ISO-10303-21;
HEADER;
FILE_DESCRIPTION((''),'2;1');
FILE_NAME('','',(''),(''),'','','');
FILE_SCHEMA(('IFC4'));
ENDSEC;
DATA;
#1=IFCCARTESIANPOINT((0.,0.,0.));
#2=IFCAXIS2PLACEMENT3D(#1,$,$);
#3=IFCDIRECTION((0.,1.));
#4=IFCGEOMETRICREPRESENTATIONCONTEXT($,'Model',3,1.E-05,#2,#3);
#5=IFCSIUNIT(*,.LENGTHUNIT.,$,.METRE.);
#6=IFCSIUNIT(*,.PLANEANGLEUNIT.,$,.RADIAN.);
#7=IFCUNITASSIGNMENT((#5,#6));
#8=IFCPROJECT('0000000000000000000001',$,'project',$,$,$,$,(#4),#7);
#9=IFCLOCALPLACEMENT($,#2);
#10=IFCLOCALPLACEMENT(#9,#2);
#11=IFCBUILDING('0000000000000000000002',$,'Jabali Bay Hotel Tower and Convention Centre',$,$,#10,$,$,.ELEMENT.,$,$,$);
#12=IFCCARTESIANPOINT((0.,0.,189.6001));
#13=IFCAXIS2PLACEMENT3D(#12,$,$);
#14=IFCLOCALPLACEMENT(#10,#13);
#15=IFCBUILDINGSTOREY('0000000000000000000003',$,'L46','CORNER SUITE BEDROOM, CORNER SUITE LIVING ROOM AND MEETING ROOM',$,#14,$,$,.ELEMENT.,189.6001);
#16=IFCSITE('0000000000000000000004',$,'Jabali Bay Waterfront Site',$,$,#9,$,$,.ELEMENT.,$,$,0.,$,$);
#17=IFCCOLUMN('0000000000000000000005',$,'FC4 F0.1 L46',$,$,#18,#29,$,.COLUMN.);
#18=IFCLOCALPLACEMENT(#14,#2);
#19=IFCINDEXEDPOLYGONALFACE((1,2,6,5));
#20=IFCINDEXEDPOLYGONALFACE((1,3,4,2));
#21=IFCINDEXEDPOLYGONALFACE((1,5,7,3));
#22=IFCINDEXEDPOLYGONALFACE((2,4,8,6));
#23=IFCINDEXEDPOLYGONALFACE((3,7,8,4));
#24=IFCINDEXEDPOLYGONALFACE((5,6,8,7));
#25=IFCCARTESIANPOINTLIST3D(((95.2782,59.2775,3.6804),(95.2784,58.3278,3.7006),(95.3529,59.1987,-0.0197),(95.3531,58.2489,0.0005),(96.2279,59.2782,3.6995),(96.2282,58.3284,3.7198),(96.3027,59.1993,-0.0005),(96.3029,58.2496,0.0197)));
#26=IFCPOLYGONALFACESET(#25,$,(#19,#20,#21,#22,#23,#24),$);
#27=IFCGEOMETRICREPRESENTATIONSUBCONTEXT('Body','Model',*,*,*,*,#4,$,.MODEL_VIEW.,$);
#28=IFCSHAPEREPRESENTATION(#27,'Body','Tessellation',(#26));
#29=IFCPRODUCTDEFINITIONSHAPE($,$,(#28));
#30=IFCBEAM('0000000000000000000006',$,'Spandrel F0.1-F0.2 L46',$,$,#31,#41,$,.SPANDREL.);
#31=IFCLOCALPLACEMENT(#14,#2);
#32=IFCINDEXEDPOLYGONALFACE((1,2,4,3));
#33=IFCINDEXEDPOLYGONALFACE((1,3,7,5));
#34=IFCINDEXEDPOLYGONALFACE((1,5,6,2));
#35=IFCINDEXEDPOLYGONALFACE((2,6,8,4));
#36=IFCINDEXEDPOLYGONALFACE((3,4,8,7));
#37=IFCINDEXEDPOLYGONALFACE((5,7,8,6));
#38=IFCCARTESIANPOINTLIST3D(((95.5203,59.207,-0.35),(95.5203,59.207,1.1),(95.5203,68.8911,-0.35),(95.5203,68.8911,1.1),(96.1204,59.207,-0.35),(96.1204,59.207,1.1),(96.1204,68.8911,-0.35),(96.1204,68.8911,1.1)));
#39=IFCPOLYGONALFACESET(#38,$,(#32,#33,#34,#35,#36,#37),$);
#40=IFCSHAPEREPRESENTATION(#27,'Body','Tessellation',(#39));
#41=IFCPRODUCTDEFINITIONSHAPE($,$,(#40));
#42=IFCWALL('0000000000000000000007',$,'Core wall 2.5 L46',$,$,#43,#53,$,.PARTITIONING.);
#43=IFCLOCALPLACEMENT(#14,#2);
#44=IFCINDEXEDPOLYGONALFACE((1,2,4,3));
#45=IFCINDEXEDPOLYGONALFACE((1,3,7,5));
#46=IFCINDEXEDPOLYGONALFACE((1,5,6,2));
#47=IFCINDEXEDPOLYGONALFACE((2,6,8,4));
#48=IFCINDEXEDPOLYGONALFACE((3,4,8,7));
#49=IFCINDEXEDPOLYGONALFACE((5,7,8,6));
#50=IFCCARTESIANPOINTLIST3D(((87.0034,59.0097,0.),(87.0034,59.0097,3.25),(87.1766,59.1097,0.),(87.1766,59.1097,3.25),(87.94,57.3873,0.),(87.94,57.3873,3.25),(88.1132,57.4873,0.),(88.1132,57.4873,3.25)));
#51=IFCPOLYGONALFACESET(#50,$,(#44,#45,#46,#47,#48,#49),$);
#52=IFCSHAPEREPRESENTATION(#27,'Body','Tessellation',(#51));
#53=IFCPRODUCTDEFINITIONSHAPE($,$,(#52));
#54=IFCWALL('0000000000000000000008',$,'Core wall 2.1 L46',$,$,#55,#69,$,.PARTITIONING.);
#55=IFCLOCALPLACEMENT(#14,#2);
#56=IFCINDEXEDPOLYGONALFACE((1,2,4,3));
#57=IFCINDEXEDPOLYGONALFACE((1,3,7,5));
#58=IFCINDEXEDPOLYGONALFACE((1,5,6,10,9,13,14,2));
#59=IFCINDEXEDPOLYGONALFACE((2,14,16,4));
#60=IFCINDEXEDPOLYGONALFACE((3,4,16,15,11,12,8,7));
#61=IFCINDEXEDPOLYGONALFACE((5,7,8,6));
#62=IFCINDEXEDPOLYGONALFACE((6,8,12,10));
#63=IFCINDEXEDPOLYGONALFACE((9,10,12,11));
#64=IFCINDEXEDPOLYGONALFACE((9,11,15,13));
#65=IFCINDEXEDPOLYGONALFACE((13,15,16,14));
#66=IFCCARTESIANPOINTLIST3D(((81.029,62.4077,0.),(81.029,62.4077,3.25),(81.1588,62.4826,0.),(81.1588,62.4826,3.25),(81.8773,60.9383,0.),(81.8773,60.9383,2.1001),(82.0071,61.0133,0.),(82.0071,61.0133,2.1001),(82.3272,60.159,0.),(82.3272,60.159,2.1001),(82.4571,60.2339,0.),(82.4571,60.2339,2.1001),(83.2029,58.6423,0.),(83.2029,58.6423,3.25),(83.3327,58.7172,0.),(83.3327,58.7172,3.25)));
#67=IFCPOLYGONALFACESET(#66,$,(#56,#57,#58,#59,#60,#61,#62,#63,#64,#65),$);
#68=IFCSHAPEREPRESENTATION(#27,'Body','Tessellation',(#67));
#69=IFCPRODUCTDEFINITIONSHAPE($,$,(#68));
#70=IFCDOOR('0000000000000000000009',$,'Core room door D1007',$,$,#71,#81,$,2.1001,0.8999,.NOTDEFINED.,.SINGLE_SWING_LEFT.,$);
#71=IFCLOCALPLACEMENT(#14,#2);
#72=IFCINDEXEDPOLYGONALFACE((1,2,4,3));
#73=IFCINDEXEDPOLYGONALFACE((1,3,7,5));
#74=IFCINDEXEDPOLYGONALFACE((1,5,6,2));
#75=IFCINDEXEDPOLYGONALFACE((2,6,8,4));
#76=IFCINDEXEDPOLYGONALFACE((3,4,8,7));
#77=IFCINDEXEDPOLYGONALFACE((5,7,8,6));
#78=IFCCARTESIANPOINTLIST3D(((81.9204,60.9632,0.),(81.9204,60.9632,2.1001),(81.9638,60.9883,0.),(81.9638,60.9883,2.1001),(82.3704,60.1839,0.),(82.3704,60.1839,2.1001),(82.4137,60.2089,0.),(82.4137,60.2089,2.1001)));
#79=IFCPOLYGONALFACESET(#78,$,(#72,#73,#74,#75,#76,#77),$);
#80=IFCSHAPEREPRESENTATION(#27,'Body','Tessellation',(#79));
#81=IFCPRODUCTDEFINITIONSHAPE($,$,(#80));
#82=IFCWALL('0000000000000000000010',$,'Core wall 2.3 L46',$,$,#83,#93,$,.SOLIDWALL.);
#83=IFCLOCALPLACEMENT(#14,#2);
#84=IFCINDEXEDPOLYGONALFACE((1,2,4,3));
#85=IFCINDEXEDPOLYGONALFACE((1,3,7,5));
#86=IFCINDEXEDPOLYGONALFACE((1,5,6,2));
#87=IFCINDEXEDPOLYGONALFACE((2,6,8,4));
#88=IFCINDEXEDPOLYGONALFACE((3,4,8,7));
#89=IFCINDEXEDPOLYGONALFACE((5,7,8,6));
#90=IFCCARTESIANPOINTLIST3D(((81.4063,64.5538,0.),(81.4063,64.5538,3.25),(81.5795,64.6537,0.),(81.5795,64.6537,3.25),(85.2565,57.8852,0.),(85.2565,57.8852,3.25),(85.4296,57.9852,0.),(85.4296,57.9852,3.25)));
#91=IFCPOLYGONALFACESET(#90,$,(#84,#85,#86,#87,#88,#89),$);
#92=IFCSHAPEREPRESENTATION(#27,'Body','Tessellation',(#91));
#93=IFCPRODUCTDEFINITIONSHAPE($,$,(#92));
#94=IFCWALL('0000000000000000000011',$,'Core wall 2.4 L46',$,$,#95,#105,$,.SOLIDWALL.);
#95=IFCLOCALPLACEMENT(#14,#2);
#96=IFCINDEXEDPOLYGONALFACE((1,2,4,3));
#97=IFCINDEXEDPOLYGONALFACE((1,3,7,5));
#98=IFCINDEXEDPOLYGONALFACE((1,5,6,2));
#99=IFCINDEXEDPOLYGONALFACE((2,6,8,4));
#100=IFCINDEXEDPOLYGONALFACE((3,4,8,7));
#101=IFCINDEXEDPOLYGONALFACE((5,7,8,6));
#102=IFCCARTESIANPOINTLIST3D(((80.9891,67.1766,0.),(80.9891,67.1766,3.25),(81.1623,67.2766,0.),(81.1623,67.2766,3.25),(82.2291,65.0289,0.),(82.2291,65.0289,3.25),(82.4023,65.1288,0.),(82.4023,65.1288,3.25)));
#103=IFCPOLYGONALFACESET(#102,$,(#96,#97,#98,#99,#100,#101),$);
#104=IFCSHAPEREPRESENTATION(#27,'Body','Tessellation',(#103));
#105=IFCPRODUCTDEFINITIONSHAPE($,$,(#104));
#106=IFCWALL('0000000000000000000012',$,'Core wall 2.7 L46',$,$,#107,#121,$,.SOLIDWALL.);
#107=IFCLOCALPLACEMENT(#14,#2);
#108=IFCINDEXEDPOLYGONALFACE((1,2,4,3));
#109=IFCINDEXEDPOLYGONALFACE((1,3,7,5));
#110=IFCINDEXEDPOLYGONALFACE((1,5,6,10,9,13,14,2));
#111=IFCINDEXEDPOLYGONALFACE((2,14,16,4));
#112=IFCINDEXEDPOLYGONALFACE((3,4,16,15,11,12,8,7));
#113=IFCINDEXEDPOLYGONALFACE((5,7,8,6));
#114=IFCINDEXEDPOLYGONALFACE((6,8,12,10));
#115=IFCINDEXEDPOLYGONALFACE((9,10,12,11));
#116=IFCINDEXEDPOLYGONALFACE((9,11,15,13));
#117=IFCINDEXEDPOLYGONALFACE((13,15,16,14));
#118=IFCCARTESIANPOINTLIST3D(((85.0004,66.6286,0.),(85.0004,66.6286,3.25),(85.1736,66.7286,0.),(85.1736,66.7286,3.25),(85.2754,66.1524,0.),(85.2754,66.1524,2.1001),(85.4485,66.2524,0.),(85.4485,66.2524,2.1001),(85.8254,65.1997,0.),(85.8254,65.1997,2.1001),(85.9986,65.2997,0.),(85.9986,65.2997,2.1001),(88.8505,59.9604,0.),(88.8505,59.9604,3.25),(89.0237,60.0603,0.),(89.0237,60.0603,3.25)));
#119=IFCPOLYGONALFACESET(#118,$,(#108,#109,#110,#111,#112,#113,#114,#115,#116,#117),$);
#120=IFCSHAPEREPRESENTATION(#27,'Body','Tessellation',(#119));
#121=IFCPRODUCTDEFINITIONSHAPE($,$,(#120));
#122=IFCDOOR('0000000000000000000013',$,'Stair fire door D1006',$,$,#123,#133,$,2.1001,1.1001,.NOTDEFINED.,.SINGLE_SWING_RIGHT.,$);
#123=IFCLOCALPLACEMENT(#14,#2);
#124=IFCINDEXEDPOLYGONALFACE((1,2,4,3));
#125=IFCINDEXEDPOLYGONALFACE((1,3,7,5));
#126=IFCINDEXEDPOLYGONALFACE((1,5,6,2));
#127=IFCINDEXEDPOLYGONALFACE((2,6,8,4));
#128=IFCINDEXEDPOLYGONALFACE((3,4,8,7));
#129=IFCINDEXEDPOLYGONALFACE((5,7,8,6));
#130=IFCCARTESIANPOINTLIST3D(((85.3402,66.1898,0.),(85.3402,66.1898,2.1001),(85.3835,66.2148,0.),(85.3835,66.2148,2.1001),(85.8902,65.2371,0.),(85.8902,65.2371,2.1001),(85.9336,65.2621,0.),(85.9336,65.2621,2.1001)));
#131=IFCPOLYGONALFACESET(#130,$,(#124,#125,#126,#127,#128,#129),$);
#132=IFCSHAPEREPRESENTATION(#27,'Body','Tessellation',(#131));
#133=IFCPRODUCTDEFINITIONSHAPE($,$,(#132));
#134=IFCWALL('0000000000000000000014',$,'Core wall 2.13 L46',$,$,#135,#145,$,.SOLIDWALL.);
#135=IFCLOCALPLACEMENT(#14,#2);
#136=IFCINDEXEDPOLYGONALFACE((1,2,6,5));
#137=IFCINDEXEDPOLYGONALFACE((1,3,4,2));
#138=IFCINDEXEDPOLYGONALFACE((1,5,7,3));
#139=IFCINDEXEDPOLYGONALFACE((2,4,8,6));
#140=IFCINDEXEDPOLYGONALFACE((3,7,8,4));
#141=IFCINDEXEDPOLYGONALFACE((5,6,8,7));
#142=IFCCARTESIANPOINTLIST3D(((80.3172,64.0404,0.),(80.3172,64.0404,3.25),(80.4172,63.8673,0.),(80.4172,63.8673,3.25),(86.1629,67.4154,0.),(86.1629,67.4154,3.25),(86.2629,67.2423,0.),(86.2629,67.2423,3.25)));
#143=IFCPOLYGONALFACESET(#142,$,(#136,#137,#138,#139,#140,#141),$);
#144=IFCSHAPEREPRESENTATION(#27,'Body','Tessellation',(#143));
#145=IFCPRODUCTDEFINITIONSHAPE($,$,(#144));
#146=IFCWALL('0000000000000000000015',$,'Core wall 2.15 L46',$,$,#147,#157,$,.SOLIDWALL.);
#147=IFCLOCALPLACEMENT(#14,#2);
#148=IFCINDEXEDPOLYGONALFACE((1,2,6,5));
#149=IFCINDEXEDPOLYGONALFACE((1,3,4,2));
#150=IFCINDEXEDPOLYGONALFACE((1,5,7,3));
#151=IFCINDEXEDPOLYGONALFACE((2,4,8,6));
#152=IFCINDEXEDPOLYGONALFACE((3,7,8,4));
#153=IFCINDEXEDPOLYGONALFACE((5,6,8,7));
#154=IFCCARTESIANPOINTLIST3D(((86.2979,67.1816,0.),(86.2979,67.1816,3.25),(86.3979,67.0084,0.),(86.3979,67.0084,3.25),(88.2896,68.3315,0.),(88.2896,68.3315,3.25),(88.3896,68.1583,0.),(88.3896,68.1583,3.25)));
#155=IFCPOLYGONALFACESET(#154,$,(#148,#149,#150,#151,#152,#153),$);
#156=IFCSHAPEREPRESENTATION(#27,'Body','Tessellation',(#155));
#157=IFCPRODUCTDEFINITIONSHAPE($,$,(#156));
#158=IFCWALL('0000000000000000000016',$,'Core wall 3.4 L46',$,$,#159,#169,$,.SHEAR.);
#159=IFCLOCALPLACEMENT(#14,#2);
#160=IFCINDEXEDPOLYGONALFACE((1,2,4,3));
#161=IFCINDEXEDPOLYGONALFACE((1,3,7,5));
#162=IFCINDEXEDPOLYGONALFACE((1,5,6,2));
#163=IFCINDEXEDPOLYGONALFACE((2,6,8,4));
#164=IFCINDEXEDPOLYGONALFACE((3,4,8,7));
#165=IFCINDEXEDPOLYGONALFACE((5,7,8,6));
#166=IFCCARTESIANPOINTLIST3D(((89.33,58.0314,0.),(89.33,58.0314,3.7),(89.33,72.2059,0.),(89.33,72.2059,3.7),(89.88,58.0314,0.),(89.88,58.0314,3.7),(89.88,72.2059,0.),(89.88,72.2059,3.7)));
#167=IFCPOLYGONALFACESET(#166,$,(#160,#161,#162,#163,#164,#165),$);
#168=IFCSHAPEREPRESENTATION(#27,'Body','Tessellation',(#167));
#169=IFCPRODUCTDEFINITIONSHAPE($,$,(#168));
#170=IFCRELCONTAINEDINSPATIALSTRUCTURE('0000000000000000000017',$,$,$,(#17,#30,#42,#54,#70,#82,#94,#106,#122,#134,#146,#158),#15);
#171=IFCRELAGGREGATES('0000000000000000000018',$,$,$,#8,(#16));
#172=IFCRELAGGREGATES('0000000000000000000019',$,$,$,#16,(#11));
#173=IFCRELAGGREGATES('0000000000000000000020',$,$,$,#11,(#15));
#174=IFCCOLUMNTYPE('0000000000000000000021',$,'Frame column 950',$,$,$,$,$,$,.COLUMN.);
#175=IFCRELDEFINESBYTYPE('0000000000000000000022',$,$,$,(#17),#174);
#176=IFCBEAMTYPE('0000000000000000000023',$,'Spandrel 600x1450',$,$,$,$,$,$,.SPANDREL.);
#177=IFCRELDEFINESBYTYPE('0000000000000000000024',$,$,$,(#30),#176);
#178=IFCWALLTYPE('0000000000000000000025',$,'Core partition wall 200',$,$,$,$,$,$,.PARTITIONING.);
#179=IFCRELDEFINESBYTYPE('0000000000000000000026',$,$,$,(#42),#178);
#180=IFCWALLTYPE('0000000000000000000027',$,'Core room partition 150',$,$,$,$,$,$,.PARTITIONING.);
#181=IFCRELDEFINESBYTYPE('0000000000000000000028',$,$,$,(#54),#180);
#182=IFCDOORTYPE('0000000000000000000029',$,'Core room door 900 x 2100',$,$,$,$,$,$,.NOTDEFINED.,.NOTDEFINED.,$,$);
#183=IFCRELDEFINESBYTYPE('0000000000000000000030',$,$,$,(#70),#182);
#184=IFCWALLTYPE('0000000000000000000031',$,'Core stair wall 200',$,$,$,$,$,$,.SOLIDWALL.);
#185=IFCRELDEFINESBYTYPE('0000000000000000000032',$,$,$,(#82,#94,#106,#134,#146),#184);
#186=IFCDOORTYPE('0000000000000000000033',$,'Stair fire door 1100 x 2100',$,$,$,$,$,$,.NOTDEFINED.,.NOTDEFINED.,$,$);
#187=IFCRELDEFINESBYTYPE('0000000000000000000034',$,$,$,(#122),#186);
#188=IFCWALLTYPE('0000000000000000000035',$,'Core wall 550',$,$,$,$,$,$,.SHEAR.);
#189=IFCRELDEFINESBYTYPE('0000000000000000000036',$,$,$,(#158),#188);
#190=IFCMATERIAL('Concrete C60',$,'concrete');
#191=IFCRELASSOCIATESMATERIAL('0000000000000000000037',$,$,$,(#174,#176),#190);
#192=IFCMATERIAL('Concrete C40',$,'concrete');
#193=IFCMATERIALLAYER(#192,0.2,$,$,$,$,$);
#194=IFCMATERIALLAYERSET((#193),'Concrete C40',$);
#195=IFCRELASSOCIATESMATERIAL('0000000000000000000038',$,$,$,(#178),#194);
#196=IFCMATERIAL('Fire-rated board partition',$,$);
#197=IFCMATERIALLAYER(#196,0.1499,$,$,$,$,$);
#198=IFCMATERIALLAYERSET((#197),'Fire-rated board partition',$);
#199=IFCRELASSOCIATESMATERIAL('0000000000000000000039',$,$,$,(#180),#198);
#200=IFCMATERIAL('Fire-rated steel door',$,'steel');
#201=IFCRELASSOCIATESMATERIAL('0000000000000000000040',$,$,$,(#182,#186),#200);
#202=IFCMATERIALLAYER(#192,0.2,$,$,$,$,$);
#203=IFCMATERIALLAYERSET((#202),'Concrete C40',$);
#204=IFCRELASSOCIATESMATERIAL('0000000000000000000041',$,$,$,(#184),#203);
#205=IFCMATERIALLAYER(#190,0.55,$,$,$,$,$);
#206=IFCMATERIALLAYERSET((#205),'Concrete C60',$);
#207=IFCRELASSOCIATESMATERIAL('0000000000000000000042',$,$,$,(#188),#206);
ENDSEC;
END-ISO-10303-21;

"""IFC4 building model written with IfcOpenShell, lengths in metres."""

from ifc_helpers import new_model, si_unit, direction, frame, frame_2d, origin, origin_2d, place, context, subcontext, project, spatial, rectangle, extrude, material, layer, layer_set, material_profile, profile_set, type_object, element, fill, save


model = new_model("IFC4")

# Units and contexts
model_context = context("Model", 3, precision=1e-05, world=origin(), true_north=direction((0.0, 1.0)))
body_context = subcontext(model_context, "Body", "Model", "MODEL_VIEW")
ifc_project = project(units=[si_unit("LENGTHUNIT", "METRE"), si_unit("PLANEANGLEUNIT", "RADIAN")], contexts=[model_context])

# Site, building, storey
site_placement = place(None, origin())
site = spatial("IfcSite", under=ifc_project, at=site_placement, Name="Jabali Bay Waterfront Site", CompositionType="ELEMENT", RefElevation=0.0)
building_placement = place(site_placement, origin())
building = spatial("IfcBuilding", under=site, at=building_placement, Name="Jabali Bay Hotel Tower and Convention Centre", CompositionType="ELEMENT")
storey_placement = place(building_placement, frame((0.0, 0.0, 189.6001)))
storey = spatial("IfcBuildingStorey", under=building, at=storey_placement, Name="L46", Description="CORNER SUITE BEDROOM, CORNER SUITE LIVING ROOM AND MEETING ROOM", CompositionType="ELEMENT", Elevation=189.6001)

# Column
ifc_material_1 = material(Name="Concrete C60", Category="concrete")
ifc_material_profile_1 = material_profile(ifc_material_1, rectangle(XDim=0.95, YDim=0.95, at=origin_2d()), Name="Frame column 950")
ifc_profile_set_1 = profile_set([ifc_material_profile_1], Name="Concrete C60")
column_type = type_object("IfcColumnType", Name="Frame column 950", PredefinedType="COLUMN", material=ifc_profile_set_1)
column_placement = place(storey_placement, frame((95.8279, 58.7241, 0.0), z_axis=(-0.020183, 0.021304, 0.999569), x_axis=(0.000222, -0.999773, 0.021313)))
element("IfcColumn", 1, at=column_placement, inside=storey, type_object=column_type, Name="FC4 F0.1 L46", PredefinedType="COLUMN", context=body_context, shape_type="SweptSolid", body=[
    extrude(rectangle(XDim=0.95, YDim=0.95, at=origin_2d()), origin(), (0.0, 0.0, 1.0), 3.7017),
])

# Beam
ifc_material_profile_2 = material_profile(ifc_material_1, rectangle(XDim=0.6001, YDim=1.45, at=origin_2d()), Name="Spandrel 600x1450")
ifc_profile_set_2 = profile_set([ifc_material_profile_2], Name="Concrete C60")
beam_type = type_object("IfcBeamType", Name="Spandrel 600x1450", PredefinedType="SPANDREL", material=ifc_profile_set_2)
beam_placement = place(storey_placement, frame((95.8203, 59.207, 0.375), z_axis=(0.0, 1.0, 0.0), x_axis=(-1.0, 0.0, 0.0)))
element("IfcBeam", 2, at=beam_placement, inside=storey, type_object=beam_type, Name="Spandrel F0.1-F0.2 L46", PredefinedType="SPANDREL", context=body_context, shape_type="SweptSolid", body=[
    extrude(rectangle(XDim=0.6001, YDim=1.45, at=origin_2d()), origin(), (0.0, 0.0, 1.0), 9.6841),
])

# Wall
ifc_material_2 = material(Name="Concrete C40", Category="concrete")
ifc_layer_1 = layer(ifc_material_2, 0.2)
ifc_layer_set_1 = layer_set([ifc_layer_1], Name="Concrete C40")
wall_type_1 = type_object("IfcWallType", Name="Core partition wall 200", PredefinedType="PARTITIONING", material=ifc_layer_set_1)
wall_1_placement = place(storey_placement, frame((87.0901, 59.0596, 0.0), z_axis=(0.0, 0.0, 1.0), x_axis=(0.499952, -0.866053, 0.0)))
element("IfcWall", 3, at=wall_1_placement, inside=storey, type_object=wall_type_1, Name="Core wall 2.5 L46", PredefinedType="PARTITIONING", context=body_context, shape_type="SweptSolid", body=[
    extrude(rectangle(XDim=1.8733, YDim=0.2, at=frame_2d((0.9365, 0.0))), origin(), (0.0, 0.0, 1.0), 3.25),
])

# Wall, opening, door
ifc_material_3 = material(Name="Fire-rated board partition")
ifc_layer_2 = layer(ifc_material_3, 0.1499)
ifc_layer_set_2 = layer_set([ifc_layer_2], Name="Fire-rated board partition")
wall_type_2 = type_object("IfcWallType", Name="Core room partition 150", PredefinedType="PARTITIONING", material=ifc_layer_set_2)
wall_2_placement = place(storey_placement, frame((81.094, 62.4451, 0.0), z_axis=(0.0, 0.0, 1.0), x_axis=(0.49998, -0.866037, 0.0)))
wall_2 = element("IfcWall", 4, at=wall_2_placement, inside=storey, type_object=wall_type_2, Name="Core wall 2.1 L46", PredefinedType="PARTITIONING", context=body_context, shape_type="SweptSolid", body=[
    extrude(rectangle(XDim=4.3479, YDim=0.1499, at=frame_2d((2.1738, 0.0))), origin(), (0.0, 0.0, 1.0), 3.25),
])
opening_1_placement = place(wall_2_placement, frame((1.6965, 0.0, 0.0)))
opening_1 = element("IfcOpeningElement", 5, at=opening_1_placement, cuts=wall_2, PredefinedType="OPENING", context=body_context, shape_type="SweptSolid", body=[
    extrude(rectangle(XDim=0.8999, YDim=2.1001, at=frame_2d((0.45, 1.05))), frame((0.0, 0.0854, 0.0), z_axis=(0.0, -1.0, 0.0), x_axis=(1.0, 0.0, 0.0)), (0.0, 0.0, 1.0), 0.1709),
])
ifc_material_4 = material(Name="Fire-rated steel door", Category="steel")
door_type_1 = type_object("IfcDoorType", Name="Core room door 900 x 2100", OperationType="NOTDEFINED", PredefinedType="NOTDEFINED", material=ifc_material_4)
door_1_placement = place(opening_1_placement, origin())
door_1 = element("IfcDoor", 6, at=door_1_placement, inside=storey, type_object=door_type_1, Name="Core room door D1007", OperationType="SINGLE_SWING_LEFT", OverallHeight=2.1001, OverallWidth=0.8999, PredefinedType="NOTDEFINED", context=body_context, shape_type="SweptSolid", body=[
    extrude(rectangle(XDim=0.8999, YDim=2.1001, at=frame_2d((0.45, 1.05))), frame((0.0, 0.0249, 0.0), z_axis=(0.0, -1.0, 0.0), x_axis=(1.0, 0.0, 0.0)), (0.0, 0.0, 1.0), 0.05),
])
fill(opening_1, door_1)

# Walls
ifc_layer_3 = layer(ifc_material_2, 0.2)
ifc_layer_set_3 = layer_set([ifc_layer_3], Name="Concrete C40")
wall_type_3 = type_object("IfcWallType", Name="Core stair wall 200", PredefinedType="SOLIDWALL", material=ifc_layer_set_3)
wall_3_placement = place(storey_placement, frame((81.4929, 64.6038, 0.0), z_axis=(0.0, 0.0, 1.0), x_axis=(0.500006, -0.866022, 0.0)))
element("IfcWall", 7, at=wall_3_placement, inside=storey, type_object=wall_type_3, Name="Core wall 2.3 L46", PredefinedType="SOLIDWALL", context=body_context, shape_type="SweptSolid", body=[
    extrude(rectangle(XDim=7.7002, YDim=0.2, at=frame_2d((3.8501, 0.0))), origin(), (0.0, 0.0, 1.0), 3.25),
])
wall_4_placement = place(storey_placement, frame((81.0757, 67.2266, 0.0), z_axis=(0.0, 0.0, 1.0), x_axis=(0.500004, -0.866023, 0.0)))
element("IfcWall", 8, at=wall_4_placement, inside=storey, type_object=wall_type_3, Name="Core wall 2.4 L46", PredefinedType="SOLIDWALL", context=body_context, shape_type="SweptSolid", body=[
    extrude(rectangle(XDim=2.48, YDim=0.2, at=frame_2d((1.24, 0.0))), origin(), (0.0, 0.0, 1.0), 3.25),
])

# Wall, opening, door
wall_5_placement = place(storey_placement, frame((85.0869, 66.6787, 0.0), z_axis=(0.0, 0.0, 1.0), x_axis=(0.50002, -0.866014, 0.0)))
wall_5 = element("IfcWall", 9, at=wall_5_placement, inside=storey, type_object=wall_type_3, Name="Core wall 2.7 L46", PredefinedType="SOLIDWALL", context=body_context, shape_type="SweptSolid", body=[
    extrude(rectangle(XDim=7.7, YDim=0.2, at=frame_2d((3.8501, 0.0))), origin(), (0.0, 0.0, 1.0), 3.25),
])
opening_2_placement = place(wall_5_placement, frame((0.55, 0.0, 0.0)))
opening_2 = element("IfcOpeningElement", 10, at=opening_2_placement, cuts=wall_5, PredefinedType="OPENING", context=body_context, shape_type="SweptSolid", body=[
    extrude(rectangle(XDim=1.1001, YDim=2.1001, at=frame_2d((0.55, 1.05))), frame((0.0, 0.1104, 0.0), z_axis=(0.0, -1.0, 0.0), x_axis=(1.0, 0.0, 0.0)), (0.0, 0.0, 1.0), 0.2209),
])
door_type_2 = type_object("IfcDoorType", Name="Stair fire door 1100 x 2100", OperationType="NOTDEFINED", PredefinedType="NOTDEFINED", material=ifc_material_4)
door_2_placement = place(opening_2_placement, origin())
door_2 = element("IfcDoor", 11, at=door_2_placement, inside=storey, type_object=door_type_2, Name="Stair fire door D1006", OperationType="SINGLE_SWING_RIGHT", OverallHeight=2.1001, OverallWidth=1.1001, PredefinedType="NOTDEFINED", context=body_context, shape_type="SweptSolid", body=[
    extrude(rectangle(XDim=1.1001, YDim=2.1001, at=frame_2d((0.55, 1.05))), frame((0.0, 0.0249, 0.0), z_axis=(0.0, -1.0, 0.0), x_axis=(1.0, 0.0, 0.0)), (0.0, 0.0, 1.0), 0.05),
])
fill(opening_2, door_2)

# Walls
wall_6_placement = place(storey_placement, frame((80.3672, 63.9539, 0.0), z_axis=(0.0, 0.0, 1.0), x_axis=(0.866027, 0.499998, 0.0)))
element("IfcWall", 12, at=wall_6_placement, inside=storey, type_object=wall_type_3, Name="Core wall 2.13 L46", PredefinedType="SOLIDWALL", context=body_context, shape_type="SweptSolid", body=[
    extrude(rectangle(XDim=6.75, YDim=0.2, at=frame_2d((3.375, 0.0))), origin(), (0.0, 0.0, 1.0), 3.25),
])
wall_7_placement = place(storey_placement, frame((86.3479, 67.095, 0.0), z_axis=(0.0, 0.0, 1.0), x_axis=(0.866026, 0.499998, 0.0)))
element("IfcWall", 13, at=wall_7_placement, inside=storey, type_object=wall_type_3, Name="Core wall 2.15 L46", PredefinedType="SOLIDWALL", context=body_context, shape_type="SweptSolid", body=[
    extrude(rectangle(XDim=2.2998, YDim=0.2, at=frame_2d((1.1499, 0.0))), origin(), (0.0, 0.0, 1.0), 3.25),
])
ifc_layer_4 = layer(ifc_material_1, 0.55)
ifc_layer_set_4 = layer_set([ifc_layer_4], Name="Concrete C60")
wall_type_4 = type_object("IfcWallType", Name="Core wall 550", PredefinedType="SHEAR", material=ifc_layer_set_4)
wall_8_placement = place(storey_placement, frame((89.605, 58.0312, 0.0), z_axis=(0.0, 0.0, 1.0), x_axis=(0.0, 1.0, 0.0)))
element("IfcWall", 14, at=wall_8_placement, inside=storey, type_object=wall_type_4, Name="Core wall 3.4 L46", PredefinedType="SHEAR", context=body_context, shape_type="SweptSolid", body=[
    extrude(rectangle(XDim=14.1746, YDim=0.55, at=frame_2d((7.0874, 0.0))), origin(), (0.0, 0.0, 1.0), 3.7),
])

save(model, "model.ifc")
